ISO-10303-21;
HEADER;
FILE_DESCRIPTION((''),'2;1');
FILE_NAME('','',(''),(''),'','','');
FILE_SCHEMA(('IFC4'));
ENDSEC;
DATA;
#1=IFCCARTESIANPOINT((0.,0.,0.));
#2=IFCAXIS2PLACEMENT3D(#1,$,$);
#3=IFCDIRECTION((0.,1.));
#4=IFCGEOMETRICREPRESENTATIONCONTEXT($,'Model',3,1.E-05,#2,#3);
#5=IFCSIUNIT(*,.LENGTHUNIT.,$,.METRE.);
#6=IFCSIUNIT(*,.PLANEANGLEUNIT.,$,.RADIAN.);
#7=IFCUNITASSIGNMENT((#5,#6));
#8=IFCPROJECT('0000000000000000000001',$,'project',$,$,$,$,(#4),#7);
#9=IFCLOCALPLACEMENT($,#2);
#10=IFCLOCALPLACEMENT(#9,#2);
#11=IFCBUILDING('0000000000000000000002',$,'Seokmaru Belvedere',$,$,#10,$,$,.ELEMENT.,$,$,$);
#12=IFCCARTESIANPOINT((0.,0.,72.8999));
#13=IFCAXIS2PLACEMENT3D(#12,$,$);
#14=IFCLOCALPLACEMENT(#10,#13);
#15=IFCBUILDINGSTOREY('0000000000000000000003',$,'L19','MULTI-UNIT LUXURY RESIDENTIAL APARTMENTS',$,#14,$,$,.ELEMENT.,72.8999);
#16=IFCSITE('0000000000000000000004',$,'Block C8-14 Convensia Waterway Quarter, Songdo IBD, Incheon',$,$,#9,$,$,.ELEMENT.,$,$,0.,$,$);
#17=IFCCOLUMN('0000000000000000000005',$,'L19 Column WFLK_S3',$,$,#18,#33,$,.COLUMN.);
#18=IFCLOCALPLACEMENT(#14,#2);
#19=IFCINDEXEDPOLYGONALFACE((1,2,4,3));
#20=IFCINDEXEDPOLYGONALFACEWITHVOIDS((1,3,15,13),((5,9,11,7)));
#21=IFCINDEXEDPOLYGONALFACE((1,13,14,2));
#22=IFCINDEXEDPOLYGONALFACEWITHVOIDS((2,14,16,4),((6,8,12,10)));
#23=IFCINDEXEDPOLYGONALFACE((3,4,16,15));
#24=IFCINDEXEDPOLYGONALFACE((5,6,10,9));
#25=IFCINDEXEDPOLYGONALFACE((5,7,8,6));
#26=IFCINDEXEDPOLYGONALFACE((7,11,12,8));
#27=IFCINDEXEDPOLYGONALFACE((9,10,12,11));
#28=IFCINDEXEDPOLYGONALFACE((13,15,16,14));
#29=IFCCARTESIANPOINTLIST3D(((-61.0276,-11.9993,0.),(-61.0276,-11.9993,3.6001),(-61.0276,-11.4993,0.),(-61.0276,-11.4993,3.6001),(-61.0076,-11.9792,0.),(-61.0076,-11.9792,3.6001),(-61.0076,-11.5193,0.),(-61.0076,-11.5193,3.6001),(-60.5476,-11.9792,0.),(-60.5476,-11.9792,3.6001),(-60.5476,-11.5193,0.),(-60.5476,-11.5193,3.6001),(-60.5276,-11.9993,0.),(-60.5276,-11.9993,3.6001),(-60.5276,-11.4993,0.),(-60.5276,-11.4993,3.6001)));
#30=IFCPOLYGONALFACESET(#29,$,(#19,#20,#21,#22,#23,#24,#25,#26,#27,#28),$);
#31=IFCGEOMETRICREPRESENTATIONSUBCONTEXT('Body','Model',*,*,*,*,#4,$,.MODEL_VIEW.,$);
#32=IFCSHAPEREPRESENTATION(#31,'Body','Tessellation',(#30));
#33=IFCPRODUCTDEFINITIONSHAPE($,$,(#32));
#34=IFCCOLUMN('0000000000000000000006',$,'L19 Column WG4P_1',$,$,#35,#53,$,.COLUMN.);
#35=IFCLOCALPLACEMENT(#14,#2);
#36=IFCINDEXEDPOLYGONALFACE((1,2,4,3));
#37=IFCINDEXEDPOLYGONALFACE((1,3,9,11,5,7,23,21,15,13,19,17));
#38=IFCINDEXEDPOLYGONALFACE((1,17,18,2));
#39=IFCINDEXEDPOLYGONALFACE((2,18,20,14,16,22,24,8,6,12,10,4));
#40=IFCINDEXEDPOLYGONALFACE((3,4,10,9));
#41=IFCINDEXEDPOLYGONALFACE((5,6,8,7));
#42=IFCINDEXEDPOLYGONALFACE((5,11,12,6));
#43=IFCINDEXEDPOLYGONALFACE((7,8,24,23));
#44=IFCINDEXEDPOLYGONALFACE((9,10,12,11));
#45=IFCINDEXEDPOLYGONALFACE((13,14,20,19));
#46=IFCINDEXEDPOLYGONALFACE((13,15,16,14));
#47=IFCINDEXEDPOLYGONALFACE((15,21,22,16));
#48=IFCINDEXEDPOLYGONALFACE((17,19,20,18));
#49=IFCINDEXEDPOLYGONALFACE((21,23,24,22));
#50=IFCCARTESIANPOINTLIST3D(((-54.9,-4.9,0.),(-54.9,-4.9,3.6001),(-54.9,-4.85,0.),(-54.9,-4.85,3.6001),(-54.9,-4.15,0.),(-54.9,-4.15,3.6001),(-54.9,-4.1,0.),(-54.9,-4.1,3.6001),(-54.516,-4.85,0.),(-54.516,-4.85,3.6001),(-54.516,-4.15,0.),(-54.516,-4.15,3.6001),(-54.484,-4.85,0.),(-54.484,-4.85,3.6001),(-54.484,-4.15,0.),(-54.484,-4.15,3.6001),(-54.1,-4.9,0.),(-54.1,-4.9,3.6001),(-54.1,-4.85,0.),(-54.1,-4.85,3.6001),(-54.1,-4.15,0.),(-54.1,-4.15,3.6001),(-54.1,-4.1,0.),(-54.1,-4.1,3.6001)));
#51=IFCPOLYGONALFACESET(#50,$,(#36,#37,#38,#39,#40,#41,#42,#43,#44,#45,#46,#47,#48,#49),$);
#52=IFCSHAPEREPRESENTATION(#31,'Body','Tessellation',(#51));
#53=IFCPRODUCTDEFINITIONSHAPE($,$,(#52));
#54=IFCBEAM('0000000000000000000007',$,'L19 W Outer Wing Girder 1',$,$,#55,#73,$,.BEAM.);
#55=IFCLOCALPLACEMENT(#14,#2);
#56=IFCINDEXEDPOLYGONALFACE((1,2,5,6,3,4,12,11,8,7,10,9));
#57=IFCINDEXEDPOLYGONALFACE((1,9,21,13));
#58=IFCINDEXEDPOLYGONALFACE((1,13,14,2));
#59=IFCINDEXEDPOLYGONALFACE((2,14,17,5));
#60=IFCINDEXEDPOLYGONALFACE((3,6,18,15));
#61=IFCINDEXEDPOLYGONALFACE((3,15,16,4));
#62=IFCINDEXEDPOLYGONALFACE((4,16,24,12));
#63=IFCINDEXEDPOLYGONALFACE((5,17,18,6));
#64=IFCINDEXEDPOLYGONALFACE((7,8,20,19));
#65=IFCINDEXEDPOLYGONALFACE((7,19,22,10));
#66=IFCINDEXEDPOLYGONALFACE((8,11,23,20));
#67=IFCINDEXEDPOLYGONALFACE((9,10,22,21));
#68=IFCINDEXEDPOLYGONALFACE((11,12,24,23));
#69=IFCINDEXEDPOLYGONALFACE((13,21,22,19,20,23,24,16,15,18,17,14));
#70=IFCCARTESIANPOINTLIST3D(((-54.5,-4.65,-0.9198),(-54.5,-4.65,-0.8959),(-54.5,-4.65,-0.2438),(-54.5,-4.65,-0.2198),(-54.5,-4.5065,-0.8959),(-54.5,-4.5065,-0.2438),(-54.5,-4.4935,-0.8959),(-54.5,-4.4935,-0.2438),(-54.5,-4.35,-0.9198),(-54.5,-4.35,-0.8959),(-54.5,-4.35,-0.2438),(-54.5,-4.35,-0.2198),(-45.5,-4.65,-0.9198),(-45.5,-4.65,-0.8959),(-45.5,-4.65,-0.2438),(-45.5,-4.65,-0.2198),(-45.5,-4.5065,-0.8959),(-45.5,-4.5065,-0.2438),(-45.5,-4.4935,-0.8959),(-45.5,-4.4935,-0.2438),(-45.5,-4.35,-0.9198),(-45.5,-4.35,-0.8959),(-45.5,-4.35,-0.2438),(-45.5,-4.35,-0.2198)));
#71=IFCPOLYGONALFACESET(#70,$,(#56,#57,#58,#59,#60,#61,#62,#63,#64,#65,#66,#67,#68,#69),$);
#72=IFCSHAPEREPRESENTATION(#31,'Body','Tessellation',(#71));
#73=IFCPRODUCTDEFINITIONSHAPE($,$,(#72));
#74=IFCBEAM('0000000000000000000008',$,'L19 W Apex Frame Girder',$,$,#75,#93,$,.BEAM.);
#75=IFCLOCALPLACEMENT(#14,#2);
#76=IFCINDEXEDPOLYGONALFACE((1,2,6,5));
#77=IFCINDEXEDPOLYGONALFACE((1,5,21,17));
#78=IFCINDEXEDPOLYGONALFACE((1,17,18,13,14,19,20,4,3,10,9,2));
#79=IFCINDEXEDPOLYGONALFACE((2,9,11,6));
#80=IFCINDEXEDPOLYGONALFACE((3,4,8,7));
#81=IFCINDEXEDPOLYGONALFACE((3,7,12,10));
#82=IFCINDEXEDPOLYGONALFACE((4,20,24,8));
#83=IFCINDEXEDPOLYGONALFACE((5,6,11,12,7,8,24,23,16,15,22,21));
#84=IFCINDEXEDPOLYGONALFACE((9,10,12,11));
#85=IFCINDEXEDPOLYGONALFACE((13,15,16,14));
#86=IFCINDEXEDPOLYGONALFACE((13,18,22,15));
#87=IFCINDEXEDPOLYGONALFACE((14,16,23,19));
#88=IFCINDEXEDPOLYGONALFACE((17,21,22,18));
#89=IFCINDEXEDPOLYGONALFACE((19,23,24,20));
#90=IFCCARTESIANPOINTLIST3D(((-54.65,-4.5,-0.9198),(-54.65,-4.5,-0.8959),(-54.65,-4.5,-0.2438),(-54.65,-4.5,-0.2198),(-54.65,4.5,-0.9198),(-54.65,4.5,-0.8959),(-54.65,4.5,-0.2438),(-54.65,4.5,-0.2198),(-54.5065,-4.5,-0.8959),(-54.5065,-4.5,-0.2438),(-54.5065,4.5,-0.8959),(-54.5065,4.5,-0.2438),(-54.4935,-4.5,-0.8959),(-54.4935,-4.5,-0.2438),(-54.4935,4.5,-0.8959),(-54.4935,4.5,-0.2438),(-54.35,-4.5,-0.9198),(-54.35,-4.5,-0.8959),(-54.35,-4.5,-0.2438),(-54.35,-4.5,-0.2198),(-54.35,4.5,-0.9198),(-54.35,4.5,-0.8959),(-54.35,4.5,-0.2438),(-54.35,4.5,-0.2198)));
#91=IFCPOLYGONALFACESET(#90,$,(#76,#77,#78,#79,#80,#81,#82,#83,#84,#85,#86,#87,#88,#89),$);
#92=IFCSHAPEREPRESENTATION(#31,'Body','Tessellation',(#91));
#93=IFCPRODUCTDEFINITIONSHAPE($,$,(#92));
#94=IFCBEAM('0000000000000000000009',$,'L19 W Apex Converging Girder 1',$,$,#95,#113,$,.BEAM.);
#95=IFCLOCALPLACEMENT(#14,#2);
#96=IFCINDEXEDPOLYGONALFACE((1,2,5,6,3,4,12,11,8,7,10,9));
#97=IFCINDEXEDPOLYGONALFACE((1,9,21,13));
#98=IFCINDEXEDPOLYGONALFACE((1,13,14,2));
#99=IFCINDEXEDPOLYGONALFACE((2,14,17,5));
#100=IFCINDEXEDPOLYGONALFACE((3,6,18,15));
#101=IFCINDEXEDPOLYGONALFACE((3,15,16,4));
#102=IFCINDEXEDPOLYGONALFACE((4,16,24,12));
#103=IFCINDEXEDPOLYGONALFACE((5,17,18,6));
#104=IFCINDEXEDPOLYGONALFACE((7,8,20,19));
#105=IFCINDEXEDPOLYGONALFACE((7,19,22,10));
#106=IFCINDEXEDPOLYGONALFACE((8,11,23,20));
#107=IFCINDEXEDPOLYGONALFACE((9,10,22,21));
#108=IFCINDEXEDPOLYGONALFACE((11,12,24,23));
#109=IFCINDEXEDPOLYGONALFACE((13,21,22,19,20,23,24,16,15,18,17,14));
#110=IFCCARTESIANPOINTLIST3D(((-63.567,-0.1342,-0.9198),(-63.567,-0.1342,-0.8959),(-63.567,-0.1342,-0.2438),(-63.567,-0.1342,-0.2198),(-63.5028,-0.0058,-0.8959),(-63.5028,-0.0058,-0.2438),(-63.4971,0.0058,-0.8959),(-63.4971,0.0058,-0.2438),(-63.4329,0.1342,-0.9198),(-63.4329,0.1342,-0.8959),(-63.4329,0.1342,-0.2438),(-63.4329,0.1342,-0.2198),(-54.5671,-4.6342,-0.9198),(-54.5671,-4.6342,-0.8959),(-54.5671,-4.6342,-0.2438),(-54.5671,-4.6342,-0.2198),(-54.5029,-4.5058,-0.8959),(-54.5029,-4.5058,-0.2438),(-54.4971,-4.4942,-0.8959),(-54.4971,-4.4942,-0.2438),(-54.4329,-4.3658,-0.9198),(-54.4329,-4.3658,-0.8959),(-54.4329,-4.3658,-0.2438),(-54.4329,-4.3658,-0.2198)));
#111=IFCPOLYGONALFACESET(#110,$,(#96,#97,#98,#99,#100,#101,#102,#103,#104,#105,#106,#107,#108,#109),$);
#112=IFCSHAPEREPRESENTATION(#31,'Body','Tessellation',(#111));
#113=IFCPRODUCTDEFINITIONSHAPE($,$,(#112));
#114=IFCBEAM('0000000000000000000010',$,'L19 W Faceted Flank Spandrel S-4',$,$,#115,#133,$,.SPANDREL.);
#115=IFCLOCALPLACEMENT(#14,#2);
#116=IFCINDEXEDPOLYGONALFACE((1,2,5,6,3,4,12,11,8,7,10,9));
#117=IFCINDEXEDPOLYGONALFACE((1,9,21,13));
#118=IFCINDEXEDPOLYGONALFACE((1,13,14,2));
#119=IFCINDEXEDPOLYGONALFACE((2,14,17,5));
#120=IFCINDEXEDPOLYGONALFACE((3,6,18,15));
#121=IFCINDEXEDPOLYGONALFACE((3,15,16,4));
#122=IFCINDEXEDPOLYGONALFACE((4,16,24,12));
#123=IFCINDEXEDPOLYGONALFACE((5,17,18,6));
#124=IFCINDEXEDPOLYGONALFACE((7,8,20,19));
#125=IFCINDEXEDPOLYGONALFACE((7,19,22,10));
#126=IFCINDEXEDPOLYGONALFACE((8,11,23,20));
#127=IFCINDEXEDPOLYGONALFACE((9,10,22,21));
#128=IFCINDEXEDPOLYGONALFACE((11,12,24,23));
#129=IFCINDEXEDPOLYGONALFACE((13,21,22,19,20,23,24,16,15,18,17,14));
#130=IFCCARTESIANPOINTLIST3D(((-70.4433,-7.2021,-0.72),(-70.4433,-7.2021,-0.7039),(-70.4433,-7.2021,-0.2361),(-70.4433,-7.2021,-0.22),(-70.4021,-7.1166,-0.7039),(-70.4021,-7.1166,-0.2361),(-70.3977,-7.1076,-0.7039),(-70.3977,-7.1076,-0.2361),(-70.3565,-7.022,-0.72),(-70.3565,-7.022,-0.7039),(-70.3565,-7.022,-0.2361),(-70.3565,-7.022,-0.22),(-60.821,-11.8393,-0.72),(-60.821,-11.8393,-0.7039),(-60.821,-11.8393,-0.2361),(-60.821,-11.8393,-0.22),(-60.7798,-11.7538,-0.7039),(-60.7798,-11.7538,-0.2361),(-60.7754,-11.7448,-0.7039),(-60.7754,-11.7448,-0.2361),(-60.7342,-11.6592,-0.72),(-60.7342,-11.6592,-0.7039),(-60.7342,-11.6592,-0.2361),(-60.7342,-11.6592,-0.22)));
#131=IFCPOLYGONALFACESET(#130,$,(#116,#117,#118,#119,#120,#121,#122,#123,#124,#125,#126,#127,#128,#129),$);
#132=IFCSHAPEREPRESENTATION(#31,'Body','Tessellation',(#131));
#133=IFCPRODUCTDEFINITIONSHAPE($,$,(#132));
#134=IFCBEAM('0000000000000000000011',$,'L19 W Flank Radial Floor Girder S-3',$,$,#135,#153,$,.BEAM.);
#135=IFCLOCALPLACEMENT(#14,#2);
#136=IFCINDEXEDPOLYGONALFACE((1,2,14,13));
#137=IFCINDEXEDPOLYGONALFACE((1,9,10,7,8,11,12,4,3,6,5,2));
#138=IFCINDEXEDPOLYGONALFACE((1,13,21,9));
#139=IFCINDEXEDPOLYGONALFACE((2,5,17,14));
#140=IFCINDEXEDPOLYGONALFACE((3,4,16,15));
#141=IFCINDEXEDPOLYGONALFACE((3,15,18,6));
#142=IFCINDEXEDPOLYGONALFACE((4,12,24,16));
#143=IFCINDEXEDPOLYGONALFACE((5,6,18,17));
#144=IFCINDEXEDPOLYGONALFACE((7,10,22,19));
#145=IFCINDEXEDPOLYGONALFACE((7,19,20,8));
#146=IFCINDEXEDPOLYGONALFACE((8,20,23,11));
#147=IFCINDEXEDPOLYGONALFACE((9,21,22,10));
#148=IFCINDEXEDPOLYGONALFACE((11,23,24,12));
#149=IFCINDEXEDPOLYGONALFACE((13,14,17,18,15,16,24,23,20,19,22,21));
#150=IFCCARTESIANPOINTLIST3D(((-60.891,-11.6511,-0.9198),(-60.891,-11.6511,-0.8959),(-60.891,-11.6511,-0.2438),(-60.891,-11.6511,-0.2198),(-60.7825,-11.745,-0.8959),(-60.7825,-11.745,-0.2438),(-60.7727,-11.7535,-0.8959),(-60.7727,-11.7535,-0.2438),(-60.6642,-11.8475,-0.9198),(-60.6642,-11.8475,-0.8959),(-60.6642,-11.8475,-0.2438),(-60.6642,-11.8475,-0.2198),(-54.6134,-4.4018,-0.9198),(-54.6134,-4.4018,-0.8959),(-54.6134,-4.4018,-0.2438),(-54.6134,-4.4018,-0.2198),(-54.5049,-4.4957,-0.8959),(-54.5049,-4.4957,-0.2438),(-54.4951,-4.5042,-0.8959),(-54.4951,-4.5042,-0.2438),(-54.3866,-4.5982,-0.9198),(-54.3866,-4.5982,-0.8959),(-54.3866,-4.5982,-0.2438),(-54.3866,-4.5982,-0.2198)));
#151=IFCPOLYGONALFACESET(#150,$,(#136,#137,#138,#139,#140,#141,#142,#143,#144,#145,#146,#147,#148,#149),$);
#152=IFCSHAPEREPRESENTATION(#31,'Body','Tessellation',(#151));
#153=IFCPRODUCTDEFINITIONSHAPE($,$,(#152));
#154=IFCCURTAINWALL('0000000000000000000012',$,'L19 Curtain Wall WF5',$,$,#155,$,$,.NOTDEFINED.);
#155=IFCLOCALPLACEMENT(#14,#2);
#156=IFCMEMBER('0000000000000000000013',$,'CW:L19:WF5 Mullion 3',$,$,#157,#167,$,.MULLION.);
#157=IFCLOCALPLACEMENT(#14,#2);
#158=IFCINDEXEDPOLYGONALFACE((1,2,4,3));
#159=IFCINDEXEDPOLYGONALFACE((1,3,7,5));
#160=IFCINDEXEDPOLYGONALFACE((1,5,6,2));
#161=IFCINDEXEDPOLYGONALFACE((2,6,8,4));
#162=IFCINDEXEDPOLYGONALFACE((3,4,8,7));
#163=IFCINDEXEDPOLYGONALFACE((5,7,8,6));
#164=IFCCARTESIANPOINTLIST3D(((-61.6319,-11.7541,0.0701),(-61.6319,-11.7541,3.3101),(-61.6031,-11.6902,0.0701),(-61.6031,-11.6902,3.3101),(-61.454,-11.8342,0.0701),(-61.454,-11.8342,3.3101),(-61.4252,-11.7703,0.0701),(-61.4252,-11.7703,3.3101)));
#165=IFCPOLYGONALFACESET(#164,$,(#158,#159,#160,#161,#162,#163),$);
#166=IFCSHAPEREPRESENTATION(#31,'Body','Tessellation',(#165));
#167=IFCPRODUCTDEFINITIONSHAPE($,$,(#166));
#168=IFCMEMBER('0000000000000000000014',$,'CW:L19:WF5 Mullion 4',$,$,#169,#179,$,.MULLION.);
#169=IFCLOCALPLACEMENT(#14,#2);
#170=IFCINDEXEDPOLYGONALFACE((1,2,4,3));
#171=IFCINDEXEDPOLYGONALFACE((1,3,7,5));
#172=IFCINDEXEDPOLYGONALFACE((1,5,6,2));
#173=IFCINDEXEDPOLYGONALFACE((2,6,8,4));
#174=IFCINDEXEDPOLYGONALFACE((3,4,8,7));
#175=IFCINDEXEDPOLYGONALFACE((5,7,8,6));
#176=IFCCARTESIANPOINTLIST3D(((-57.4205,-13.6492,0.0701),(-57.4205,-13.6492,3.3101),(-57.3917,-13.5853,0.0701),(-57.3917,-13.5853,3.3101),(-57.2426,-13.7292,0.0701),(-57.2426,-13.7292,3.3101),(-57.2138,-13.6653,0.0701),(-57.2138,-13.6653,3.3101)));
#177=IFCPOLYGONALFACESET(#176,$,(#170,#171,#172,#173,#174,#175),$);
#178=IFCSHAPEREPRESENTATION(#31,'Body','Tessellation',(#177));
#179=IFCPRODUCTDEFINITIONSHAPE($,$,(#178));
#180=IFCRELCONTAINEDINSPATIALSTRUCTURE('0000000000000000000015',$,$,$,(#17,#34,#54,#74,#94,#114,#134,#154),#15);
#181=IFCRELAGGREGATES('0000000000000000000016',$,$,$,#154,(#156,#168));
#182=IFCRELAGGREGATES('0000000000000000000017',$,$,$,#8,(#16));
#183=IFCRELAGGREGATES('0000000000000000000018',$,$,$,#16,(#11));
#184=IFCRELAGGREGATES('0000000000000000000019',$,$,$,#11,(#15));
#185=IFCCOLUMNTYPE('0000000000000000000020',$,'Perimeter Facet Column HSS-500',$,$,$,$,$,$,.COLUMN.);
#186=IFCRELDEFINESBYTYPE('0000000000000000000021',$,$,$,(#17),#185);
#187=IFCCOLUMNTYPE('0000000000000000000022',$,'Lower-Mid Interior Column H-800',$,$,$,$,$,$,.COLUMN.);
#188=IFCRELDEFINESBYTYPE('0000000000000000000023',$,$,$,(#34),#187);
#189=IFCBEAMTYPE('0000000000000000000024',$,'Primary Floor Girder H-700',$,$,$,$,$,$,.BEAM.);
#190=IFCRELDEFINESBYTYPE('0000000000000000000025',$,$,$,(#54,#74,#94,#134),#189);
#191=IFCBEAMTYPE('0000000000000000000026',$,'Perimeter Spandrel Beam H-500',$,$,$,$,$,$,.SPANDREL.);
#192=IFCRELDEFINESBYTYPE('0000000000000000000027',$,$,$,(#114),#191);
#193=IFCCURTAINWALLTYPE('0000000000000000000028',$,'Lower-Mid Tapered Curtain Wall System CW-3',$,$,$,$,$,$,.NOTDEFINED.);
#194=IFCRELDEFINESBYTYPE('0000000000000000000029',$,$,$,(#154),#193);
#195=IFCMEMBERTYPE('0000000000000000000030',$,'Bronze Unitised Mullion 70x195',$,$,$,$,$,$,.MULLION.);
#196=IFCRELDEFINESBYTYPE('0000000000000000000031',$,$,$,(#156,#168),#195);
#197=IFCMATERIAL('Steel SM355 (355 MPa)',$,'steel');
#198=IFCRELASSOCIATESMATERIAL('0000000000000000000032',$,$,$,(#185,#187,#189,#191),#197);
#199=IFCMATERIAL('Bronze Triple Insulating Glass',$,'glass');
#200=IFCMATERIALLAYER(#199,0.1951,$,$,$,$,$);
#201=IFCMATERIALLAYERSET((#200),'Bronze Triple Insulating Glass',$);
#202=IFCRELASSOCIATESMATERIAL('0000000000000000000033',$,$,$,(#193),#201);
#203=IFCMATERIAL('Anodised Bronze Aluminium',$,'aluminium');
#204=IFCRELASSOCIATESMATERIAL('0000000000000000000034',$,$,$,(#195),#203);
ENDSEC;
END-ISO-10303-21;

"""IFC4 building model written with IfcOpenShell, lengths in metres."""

from ifc_helpers import new_model, si_unit, direction, frame, origin, origin_2d, place, context, subcontext, project, spatial, rectangle, hollow_rectangle, i_section, extrude, source, transform, mapped, material, layer, layer_set, material_profile, profile_set, type_object, type_shapes, element, aggregate, save


model = new_model("IFC4")

# Units and contexts
model_context = context("Model", 3, precision=1e-05, world=origin(), true_north=direction((0.0, 1.0)))
body_context = subcontext(model_context, "Body", "Model", "MODEL_VIEW")
ifc_project = project(units=[si_unit("LENGTHUNIT", "METRE"), si_unit("PLANEANGLEUNIT", "RADIAN")], contexts=[model_context])

# Site, building, storey
site_placement = place(None, origin())
site = spatial("IfcSite", under=ifc_project, at=site_placement, Name="Block C8-14 Convensia Waterway Quarter, Songdo IBD, Incheon", CompositionType="ELEMENT", RefElevation=0.0)
building_placement = place(site_placement, origin())
building = spatial("IfcBuilding", under=site, at=building_placement, Name="Seokmaru Belvedere", CompositionType="ELEMENT")
storey_placement = place(building_placement, frame((0.0, 0.0, 72.8999)))
storey = spatial("IfcBuildingStorey", under=building, at=storey_placement, Name="L19", Description="MULTI-UNIT LUXURY RESIDENTIAL APARTMENTS", CompositionType="ELEMENT", Elevation=72.8999)

# Columns
ifc_material_1 = material(Name="Steel SM355 (355 MPa)", Category="steel")
ifc_material_profile_1 = material_profile(ifc_material_1, hollow_rectangle(XDim=0.5, YDim=0.5, WallThickness=0.02, at=origin_2d()), Name="HSS-500x500x20")
ifc_profile_set_1 = profile_set([ifc_material_profile_1], Name="Steel SM355 (355 MPa)")
column_type_1 = type_object("IfcColumnType", Name="Perimeter Facet Column HSS-500", PredefinedType="COLUMN", material=ifc_profile_set_1)
shared_shape_1 = source(origin(), body_context, "Body", "SweptSolid", [
    extrude(hollow_rectangle(XDim=0.5, YDim=0.5, WallThickness=0.02, at=origin_2d()), origin(), (0.0, 0.0, 1.0), 3.6001),
])
type_shapes(column_type_1, [shared_shape_1])
column_1_placement = place(storey_placement, frame((-60.7776, -11.7493, 0.0), z_axis=(0.0, 0.0, 1.0), x_axis=(1.0, 0.0, 0.0)))
element("IfcColumn", 1, at=column_1_placement, inside=storey, type_object=column_type_1, Name="L19 Column WFLK_S3", PredefinedType="COLUMN", context=body_context, shape_type="MappedRepresentation", body=[
    mapped(shared_shape_1, transform((0.0, 0.0, 0.0), scale=1.0)),
])
ifc_material_profile_2 = material_profile(ifc_material_1, i_section(OverallWidth=0.8, OverallDepth=0.8, WebThickness=0.032, FlangeThickness=0.05, at=origin_2d()), Name="H-800x800x32x50")
ifc_profile_set_2 = profile_set([ifc_material_profile_2], Name="Steel SM355 (355 MPa)")
column_type_2 = type_object("IfcColumnType", Name="Lower-Mid Interior Column H-800", PredefinedType="COLUMN", material=ifc_profile_set_2)
shared_shape_2 = source(origin(), body_context, "Body", "SweptSolid", [
    extrude(i_section(OverallWidth=0.8, OverallDepth=0.8, WebThickness=0.032, FlangeThickness=0.05, at=origin_2d()), origin(), (0.0, 0.0, 1.0), 3.6001),
])
type_shapes(column_type_2, [shared_shape_2])
column_2_placement = place(storey_placement, frame((-54.5, -4.5, 0.0), z_axis=(0.0, 0.0, 1.0), x_axis=(1.0, 0.0, 0.0)))
element("IfcColumn", 2, at=column_2_placement, inside=storey, type_object=column_type_2, Name="L19 Column WG4P_1", PredefinedType="COLUMN", context=body_context, shape_type="MappedRepresentation", body=[
    mapped(shared_shape_2, transform((0.0, 0.0, 0.0), scale=1.0)),
])

# Beams
ifc_material_profile_3 = material_profile(ifc_material_1, i_section(OverallWidth=0.3, OverallDepth=0.7, WebThickness=0.0129, FlangeThickness=0.0239, at=origin_2d()), Name="H-700x300x13x24")
ifc_profile_set_3 = profile_set([ifc_material_profile_3], Name="Steel SM355 (355 MPa)")
beam_type_1 = type_object("IfcBeamType", Name="Primary Floor Girder H-700", PredefinedType="BEAM", material=ifc_profile_set_3)
shared_shape_3 = source(origin(), body_context, "Body", "SweptSolid", [
    extrude(i_section(OverallWidth=0.3, OverallDepth=0.7, WebThickness=0.0129, FlangeThickness=0.0239, at=origin_2d()), origin(), (0.0, 0.0, 1.0), 9.0),
])
for number, where, z_axis, x_axis, name in (
    (3, (-54.5, -4.5, -0.5698), (1.0, 0.0, 0.0), (0.0, 1.0, 0.0), "L19 W Outer Wing Girder 1"),
    (4, (-54.5, -4.5, -0.5698), (0.0, 1.0, 0.0), (-1.0, 0.0, 0.0), "L19 W Apex Frame Girder"),
):
    element("IfcBeam", number, at=place(storey_placement, frame(where, z_axis=z_axis, x_axis=x_axis)), inside=storey, type_object=beam_type_1, Name=name, PredefinedType="BEAM", context=body_context, shape_type="MappedRepresentation", body=[
        mapped(shared_shape_3, transform((0.0, 0.0, 0.0), scale=1.0)),
    ])
shared_shape_4 = source(origin(), body_context, "Body", "SweptSolid", [
    extrude(i_section(OverallWidth=0.3, OverallDepth=0.7, WebThickness=0.0129, FlangeThickness=0.0239, at=origin_2d()), origin(), (0.0, 0.0, 1.0), 10.0623),
])
beam_1_placement = place(storey_placement, frame((-54.5, -4.5, -0.5698), z_axis=(-0.894427, 0.447214, 0.0), x_axis=(-0.447214, -0.894427, 0.0)))
element("IfcBeam", 5, at=beam_1_placement, inside=storey, type_object=beam_type_1, Name="L19 W Apex Converging Girder 1", PredefinedType="BEAM", context=body_context, shape_type="MappedRepresentation", body=[
    mapped(shared_shape_4, transform((0.0, 0.0, 0.0), scale=1.0)),
])
ifc_material_profile_4 = material_profile(ifc_material_1, i_section(OverallWidth=0.2, OverallDepth=0.5, WebThickness=0.01, FlangeThickness=0.0161, at=origin_2d()), Name="H-500x200x10x16")
ifc_profile_set_4 = profile_set([ifc_material_profile_4], Name="Steel SM355 (355 MPa)")
beam_type_2 = type_object("IfcBeamType", Name="Perimeter Spandrel Beam H-500", PredefinedType="SPANDREL", material=ifc_profile_set_4)
shared_shape_5 = source(origin(), body_context, "Body", "SweptSolid", [
    extrude(i_section(OverallWidth=0.2, OverallDepth=0.5, WebThickness=0.01, FlangeThickness=0.0161, at=origin_2d()), origin(), (0.0, 0.0, 1.0), 10.6814),
])
type_shapes(beam_type_2, [shared_shape_5])
beam_2_placement = place(storey_placement, frame((-60.7776, -11.7493, -0.47), z_axis=(-0.900846, 0.434138, 0.0), x_axis=(-0.434138, -0.900846, 0.0)))
element("IfcBeam", 6, at=beam_2_placement, inside=storey, type_object=beam_type_2, Name="L19 W Faceted Flank Spandrel S-4", PredefinedType="SPANDREL", context=body_context, shape_type="MappedRepresentation", body=[
    mapped(shared_shape_5, transform((0.0, 0.0, 0.0), scale=1.0)),
])
shared_shape_6 = source(origin(), body_context, "Body", "SweptSolid", [
    extrude(i_section(OverallWidth=0.3, OverallDepth=0.7, WebThickness=0.0129, FlangeThickness=0.0239, at=origin_2d()), origin(), (0.0, 0.0, 1.0), 9.5896),
])
type_shapes(beam_type_1, [shared_shape_3, shared_shape_4, shared_shape_6])
beam_3_placement = place(storey_placement, frame((-60.7776, -11.7493, -0.5698), z_axis=(0.654626, 0.755953, 0.0), x_axis=(-0.755953, 0.654626, 0.0)))
element("IfcBeam", 7, at=beam_3_placement, inside=storey, type_object=beam_type_1, Name="L19 W Flank Radial Floor Girder S-3", PredefinedType="BEAM", context=body_context, shape_type="MappedRepresentation", body=[
    mapped(shared_shape_6, transform((0.0, 0.0, 0.0), scale=1.0)),
])

# Curtain wall, members
ifc_material_2 = material(Name="Bronze Triple Insulating Glass", Category="glass")
ifc_layer_1 = layer(ifc_material_2, 0.1951)
ifc_layer_set_1 = layer_set([ifc_layer_1], Name="Bronze Triple Insulating Glass")
curtain_wall_type = type_object("IfcCurtainWallType", Name="Lower-Mid Tapered Curtain Wall System CW-3", PredefinedType="NOTDEFINED", material=ifc_layer_set_1)
curtain_wall_placement = place(storey_placement, origin())
curtain_wall = element("IfcCurtainWall", 8, at=curtain_wall_placement, inside=storey, type_object=curtain_wall_type, Name="L19 Curtain Wall WF5", PredefinedType="NOTDEFINED")
ifc_material_3 = material(Name="Anodised Bronze Aluminium", Category="aluminium")
ifc_material_profile_5 = material_profile(ifc_material_3, rectangle(XDim=0.0701, YDim=0.1951, at=origin_2d()), Name="CW-M-70x195")
ifc_profile_set_5 = profile_set([ifc_material_profile_5], Name="Anodised Bronze Aluminium")
member_type = type_object("IfcMemberType", Name="Bronze Unitised Mullion 70x195", PredefinedType="MULLION", material=ifc_profile_set_5)
shared_shape_7 = source(origin(), body_context, "Body", "SweptSolid", [
    extrude(rectangle(XDim=0.0701, YDim=0.1951, at=origin_2d()), origin(), (0.0, 0.0, 1.0), 3.24),
])
type_shapes(member_type, [shared_shape_7])
member_1_placement = place(storey_placement, frame((-61.5286, -11.7622, 0.0701), z_axis=(0.0, 0.0, 1.0), x_axis=(0.410366, 0.911921, 0.0)))
member_1 = element("IfcMember", 9, at=member_1_placement, type_object=member_type, Name="CW:L19:WF5 Mullion 3", PredefinedType="MULLION", context=body_context, shape_type="MappedRepresentation", body=[
    mapped(shared_shape_7, transform((0.0, 0.0, 0.0), scale=1.0)),
])
member_2_placement = place(storey_placement, frame((-57.3171, -13.6572, 0.0701), z_axis=(0.0, 0.0, 1.0), x_axis=(0.410366, 0.911921, 0.0)))
member_2 = element("IfcMember", 10, at=member_2_placement, type_object=member_type, Name="CW:L19:WF5 Mullion 4", PredefinedType="MULLION", context=body_context, shape_type="MappedRepresentation", body=[
    mapped(shared_shape_7, transform((0.0, 0.0, 0.0), scale=1.0)),
])
aggregate(curtain_wall, [member_1, member_2])

save(model, "model.ifc")
